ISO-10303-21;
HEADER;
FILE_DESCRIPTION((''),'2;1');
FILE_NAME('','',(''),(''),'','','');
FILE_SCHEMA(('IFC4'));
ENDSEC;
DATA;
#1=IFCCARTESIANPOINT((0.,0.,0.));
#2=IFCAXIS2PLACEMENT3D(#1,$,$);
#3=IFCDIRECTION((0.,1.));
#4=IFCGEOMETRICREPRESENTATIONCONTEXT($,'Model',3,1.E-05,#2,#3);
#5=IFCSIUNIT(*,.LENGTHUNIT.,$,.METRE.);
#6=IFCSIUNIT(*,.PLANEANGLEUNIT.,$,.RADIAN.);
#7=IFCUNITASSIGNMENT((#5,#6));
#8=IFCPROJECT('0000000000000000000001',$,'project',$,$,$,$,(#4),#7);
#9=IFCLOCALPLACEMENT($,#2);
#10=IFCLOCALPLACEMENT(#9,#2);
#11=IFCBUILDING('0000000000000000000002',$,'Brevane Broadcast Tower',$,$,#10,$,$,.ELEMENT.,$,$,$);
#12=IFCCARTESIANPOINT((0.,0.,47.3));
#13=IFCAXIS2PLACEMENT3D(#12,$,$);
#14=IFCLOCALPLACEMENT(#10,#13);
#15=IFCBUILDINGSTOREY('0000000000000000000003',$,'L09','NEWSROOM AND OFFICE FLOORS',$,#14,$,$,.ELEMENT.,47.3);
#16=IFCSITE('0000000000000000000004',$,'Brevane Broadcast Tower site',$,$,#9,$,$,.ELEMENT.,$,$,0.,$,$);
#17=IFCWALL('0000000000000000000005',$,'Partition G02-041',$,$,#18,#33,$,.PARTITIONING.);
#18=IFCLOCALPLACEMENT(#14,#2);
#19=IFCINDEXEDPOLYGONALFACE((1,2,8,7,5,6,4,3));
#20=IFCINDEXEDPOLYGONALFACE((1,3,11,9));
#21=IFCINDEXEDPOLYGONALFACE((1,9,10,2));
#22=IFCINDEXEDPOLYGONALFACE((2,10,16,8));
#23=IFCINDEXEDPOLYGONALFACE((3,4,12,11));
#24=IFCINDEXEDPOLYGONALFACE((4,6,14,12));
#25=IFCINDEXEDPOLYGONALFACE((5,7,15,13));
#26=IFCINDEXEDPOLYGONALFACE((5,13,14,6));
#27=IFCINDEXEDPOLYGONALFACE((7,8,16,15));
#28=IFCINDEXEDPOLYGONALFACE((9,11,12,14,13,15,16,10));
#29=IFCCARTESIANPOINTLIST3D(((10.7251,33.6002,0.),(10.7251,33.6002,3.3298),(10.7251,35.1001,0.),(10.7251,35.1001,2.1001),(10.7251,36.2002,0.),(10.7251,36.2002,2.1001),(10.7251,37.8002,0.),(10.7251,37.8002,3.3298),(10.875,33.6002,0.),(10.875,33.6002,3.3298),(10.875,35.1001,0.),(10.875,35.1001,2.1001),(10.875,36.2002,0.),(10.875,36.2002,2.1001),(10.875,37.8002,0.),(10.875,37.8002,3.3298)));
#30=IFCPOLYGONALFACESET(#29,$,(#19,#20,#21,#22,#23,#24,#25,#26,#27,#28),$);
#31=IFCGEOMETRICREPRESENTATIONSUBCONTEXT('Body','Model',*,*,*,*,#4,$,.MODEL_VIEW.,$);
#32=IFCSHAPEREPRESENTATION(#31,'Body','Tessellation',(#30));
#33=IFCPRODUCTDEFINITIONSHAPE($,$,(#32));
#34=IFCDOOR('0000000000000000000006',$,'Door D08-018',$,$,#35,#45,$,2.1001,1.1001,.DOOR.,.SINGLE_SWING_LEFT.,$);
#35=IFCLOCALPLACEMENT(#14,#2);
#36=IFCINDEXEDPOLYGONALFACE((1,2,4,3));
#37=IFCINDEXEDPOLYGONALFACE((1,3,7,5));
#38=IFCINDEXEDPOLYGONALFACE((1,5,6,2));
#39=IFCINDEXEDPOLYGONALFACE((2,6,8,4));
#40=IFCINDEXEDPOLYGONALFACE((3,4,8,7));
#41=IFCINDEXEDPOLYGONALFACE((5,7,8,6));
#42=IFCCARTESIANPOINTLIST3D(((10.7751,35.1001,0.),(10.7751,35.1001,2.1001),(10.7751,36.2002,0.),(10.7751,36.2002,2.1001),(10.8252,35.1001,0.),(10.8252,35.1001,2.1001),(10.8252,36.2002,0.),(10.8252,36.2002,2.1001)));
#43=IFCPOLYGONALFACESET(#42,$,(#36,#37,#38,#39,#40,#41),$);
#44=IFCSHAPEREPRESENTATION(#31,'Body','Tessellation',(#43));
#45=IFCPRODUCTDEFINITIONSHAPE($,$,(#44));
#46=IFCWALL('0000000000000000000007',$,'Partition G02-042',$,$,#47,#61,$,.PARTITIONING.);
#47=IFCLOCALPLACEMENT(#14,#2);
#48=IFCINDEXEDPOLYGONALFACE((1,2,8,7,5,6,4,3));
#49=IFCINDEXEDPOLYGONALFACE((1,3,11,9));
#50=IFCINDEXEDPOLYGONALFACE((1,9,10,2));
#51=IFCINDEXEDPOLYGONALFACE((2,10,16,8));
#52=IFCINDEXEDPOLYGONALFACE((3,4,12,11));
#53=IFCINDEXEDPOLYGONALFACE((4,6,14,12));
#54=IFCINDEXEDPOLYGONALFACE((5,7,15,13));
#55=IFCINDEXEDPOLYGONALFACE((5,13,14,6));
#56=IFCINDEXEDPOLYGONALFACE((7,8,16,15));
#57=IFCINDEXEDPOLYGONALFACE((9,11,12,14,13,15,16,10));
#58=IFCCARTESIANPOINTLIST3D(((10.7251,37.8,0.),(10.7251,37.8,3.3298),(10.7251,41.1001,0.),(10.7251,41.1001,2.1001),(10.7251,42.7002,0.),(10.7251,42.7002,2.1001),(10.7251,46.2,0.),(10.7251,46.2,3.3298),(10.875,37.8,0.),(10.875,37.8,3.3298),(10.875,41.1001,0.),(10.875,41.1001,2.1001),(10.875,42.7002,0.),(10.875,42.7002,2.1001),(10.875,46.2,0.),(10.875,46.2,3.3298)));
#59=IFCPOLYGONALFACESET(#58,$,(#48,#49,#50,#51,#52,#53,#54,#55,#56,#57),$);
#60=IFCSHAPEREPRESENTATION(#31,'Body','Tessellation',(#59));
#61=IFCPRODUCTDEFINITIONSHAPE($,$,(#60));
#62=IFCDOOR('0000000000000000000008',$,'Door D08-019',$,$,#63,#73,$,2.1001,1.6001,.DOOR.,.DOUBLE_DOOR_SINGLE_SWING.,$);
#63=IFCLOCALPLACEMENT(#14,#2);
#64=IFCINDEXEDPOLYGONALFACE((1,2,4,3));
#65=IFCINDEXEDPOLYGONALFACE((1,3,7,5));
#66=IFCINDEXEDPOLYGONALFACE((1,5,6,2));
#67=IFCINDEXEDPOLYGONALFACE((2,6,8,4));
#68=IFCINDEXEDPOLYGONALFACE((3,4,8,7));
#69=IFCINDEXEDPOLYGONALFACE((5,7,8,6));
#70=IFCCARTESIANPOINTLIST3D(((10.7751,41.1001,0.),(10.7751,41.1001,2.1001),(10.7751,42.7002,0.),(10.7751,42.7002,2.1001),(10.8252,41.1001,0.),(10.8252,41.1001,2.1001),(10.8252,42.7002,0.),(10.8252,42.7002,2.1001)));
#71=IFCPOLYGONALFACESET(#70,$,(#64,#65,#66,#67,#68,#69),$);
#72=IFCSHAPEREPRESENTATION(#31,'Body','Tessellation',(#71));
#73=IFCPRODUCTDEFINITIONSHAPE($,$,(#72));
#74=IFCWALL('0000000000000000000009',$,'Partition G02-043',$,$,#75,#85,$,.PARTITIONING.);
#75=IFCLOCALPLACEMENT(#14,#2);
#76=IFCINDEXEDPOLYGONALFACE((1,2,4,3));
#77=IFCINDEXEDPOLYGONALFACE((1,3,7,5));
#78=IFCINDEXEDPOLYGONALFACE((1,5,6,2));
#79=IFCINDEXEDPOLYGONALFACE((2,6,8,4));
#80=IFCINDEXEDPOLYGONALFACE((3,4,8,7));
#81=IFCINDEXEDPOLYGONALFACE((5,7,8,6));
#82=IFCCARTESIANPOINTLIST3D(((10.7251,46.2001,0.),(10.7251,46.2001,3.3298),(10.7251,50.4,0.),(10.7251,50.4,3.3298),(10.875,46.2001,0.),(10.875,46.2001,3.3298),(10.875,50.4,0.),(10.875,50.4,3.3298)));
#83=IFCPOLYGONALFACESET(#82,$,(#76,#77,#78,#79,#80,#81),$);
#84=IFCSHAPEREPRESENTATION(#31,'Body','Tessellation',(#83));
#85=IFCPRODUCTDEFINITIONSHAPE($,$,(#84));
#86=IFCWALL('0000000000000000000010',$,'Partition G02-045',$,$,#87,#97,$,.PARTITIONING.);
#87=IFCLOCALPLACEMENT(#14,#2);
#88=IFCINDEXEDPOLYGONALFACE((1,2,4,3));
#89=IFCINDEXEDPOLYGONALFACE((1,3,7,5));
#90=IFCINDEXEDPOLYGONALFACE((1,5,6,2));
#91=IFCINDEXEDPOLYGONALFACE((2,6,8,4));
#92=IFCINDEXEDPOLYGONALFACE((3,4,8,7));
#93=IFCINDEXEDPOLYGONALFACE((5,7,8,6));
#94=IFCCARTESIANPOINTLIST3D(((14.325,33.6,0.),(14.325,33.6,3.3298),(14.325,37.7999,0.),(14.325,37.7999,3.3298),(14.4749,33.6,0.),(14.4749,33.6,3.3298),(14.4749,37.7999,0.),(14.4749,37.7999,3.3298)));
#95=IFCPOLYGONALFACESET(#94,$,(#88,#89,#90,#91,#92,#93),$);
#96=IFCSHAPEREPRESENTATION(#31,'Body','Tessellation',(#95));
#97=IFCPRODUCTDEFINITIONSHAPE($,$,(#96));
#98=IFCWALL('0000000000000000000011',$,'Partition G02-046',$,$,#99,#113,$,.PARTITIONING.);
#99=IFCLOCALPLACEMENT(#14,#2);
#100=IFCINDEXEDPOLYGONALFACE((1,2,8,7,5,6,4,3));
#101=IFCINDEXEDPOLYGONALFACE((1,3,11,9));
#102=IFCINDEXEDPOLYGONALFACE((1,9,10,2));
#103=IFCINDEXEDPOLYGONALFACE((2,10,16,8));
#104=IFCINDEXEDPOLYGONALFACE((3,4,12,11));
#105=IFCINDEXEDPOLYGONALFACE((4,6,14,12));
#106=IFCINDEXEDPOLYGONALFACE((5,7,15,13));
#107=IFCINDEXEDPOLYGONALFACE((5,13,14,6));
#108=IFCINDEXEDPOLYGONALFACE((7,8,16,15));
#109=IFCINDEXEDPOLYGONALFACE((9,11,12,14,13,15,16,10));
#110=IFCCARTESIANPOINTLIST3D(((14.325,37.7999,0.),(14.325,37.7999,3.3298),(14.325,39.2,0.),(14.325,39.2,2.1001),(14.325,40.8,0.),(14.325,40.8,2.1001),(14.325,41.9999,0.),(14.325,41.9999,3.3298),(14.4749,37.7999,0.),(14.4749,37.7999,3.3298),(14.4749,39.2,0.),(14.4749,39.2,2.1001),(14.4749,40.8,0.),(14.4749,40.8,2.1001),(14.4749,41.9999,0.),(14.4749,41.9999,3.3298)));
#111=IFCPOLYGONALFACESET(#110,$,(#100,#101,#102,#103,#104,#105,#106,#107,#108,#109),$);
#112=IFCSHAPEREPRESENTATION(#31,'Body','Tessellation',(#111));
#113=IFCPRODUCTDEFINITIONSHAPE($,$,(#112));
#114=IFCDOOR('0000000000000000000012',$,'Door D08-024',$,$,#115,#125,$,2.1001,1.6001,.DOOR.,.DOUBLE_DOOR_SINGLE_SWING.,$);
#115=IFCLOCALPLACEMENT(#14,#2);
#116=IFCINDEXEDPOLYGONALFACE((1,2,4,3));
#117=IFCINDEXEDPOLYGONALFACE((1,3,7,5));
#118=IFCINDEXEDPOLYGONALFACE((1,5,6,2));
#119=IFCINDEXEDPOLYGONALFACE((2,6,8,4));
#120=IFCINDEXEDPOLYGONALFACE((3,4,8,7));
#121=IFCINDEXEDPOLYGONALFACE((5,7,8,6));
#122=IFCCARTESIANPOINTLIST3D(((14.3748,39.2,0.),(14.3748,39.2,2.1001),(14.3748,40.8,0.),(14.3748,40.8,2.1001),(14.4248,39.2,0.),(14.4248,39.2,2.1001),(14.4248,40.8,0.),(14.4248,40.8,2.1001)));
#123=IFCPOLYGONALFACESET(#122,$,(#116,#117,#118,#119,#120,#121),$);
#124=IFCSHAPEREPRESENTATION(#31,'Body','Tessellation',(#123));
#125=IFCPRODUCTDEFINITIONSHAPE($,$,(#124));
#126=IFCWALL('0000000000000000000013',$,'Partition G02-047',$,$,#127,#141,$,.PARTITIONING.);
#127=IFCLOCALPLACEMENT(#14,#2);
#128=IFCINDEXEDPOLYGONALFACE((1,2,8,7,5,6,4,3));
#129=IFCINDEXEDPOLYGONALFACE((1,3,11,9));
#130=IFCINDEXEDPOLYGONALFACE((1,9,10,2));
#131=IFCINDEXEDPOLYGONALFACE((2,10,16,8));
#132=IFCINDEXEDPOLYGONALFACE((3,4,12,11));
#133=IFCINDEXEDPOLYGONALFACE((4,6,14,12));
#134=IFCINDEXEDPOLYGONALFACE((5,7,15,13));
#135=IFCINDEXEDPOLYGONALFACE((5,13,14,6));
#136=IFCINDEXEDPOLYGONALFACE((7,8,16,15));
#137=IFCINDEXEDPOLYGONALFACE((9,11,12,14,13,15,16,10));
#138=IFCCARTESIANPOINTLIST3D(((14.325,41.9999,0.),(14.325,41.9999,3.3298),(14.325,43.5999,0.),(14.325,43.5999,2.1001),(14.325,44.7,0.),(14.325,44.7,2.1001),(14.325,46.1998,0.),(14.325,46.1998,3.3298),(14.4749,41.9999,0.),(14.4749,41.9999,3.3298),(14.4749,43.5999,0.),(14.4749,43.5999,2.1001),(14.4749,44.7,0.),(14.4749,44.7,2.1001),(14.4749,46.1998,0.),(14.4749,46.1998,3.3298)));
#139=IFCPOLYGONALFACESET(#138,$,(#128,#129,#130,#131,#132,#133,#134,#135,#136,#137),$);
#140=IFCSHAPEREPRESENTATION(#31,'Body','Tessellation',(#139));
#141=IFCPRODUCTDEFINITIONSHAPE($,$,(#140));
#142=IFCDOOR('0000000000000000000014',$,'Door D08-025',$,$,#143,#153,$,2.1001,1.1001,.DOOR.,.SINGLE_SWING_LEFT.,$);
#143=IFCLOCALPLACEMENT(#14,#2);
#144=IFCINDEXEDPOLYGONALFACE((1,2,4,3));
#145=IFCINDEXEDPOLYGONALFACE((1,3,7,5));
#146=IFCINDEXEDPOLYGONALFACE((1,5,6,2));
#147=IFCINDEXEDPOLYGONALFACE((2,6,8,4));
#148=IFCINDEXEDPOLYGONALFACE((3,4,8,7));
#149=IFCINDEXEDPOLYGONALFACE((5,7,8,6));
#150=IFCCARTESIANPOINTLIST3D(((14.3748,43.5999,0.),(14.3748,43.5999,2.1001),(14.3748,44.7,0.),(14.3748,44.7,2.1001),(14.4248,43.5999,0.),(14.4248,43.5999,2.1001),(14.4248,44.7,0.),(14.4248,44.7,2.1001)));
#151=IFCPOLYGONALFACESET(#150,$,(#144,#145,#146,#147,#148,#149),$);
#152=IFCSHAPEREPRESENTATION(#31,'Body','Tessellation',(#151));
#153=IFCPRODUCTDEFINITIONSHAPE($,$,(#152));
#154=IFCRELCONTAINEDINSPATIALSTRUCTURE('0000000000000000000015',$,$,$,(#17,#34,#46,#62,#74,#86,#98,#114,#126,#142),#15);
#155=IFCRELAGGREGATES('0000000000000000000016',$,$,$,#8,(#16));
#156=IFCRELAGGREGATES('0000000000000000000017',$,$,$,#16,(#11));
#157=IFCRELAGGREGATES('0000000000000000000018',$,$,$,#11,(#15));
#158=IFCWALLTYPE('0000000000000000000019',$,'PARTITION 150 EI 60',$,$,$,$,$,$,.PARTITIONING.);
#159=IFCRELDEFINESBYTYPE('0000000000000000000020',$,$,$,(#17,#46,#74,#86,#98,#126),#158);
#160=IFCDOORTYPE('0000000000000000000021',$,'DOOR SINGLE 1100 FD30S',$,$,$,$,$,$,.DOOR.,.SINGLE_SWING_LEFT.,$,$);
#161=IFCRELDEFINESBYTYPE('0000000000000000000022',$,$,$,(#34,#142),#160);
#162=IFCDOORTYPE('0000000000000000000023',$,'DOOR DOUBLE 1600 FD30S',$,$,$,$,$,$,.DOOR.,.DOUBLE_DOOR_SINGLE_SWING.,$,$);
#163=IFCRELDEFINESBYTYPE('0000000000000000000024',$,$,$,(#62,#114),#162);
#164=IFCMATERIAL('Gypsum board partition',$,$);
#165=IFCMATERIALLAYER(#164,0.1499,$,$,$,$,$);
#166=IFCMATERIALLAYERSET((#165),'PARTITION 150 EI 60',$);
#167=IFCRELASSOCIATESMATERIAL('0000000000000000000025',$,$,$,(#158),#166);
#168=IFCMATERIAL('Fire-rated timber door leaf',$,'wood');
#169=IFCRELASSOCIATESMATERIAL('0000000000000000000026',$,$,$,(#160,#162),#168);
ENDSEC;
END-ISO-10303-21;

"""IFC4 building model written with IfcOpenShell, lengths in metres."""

from ifc_helpers import new_model, si_unit, direction, frame, frame_2d, origin, place, context, subcontext, project, spatial, rectangle, extrude, material, layer, layer_set, type_object, element, fill, save


model = new_model("IFC4")

# Units and contexts
model_context = context("Model", 3, precision=1e-05, world=origin(), true_north=direction((0.0, 1.0)))
body_context = subcontext(model_context, "Body", "Model", "MODEL_VIEW")
ifc_project = project(units=[si_unit("LENGTHUNIT", "METRE"), si_unit("PLANEANGLEUNIT", "RADIAN")], contexts=[model_context])

# Site, building, storey
site_placement = place(None, origin())
site = spatial("IfcSite", under=ifc_project, at=site_placement, Name="Brevane Broadcast Tower site", CompositionType="ELEMENT", RefElevation=0.0)
building_placement = place(site_placement, origin())
building = spatial("IfcBuilding", under=site, at=building_placement, Name="Brevane Broadcast Tower", CompositionType="ELEMENT")
storey_placement = place(building_placement, frame((0.0, 0.0, 47.3)))
storey = spatial("IfcBuildingStorey", under=building, at=storey_placement, Name="L09", Description="NEWSROOM AND OFFICE FLOORS", CompositionType="ELEMENT", Elevation=47.3)

# Shared definitions
ifc_material_1 = material(Name="Gypsum board partition")

# Shared definitions
ifc_layer_1 = layer(ifc_material_1, 0.1499)
ifc_layer_set_1 = layer_set([ifc_layer_1], Name="PARTITION 150 EI 60")
wall_type_1 = type_object("IfcWallType", Name="PARTITION 150 EI 60", PredefinedType="PARTITIONING", material=ifc_layer_set_1)

# Walls, openings, doors
wall_1_placement = place(storey_placement, frame((10.8, 33.6001, 0.0), z_axis=(0.0, 0.0, 1.0), x_axis=(0.0, 1.0, 0.0)))
wall_1 = element("IfcWall", 1, at=wall_1_placement, inside=storey, type_object=wall_type_1, Name="Partition G02-041", PredefinedType="PARTITIONING", context=body_context, shape_type="SweptSolid", body=[
    extrude(rectangle(XDim=4.2, YDim=0.1499, at=frame_2d((2.1001, 0.0))), origin(), (0.0, 0.0, 1.0), 3.3298),
])
opening_1_placement = place(wall_1_placement, frame((1.5, 0.0, 0.0)))
opening_1 = element("IfcOpeningElement", 2, at=opening_1_placement, cuts=wall_1, PredefinedType="OPENING", context=body_context, shape_type="SweptSolid", body=[
    extrude(rectangle(XDim=1.1001, YDim=2.1001, at=frame_2d((0.55, 1.05))), frame((0.0, 0.085, 0.0), z_axis=(0.0, -1.0, 0.0), x_axis=(1.0, 0.0, 0.0)), (0.0, 0.0, 1.0), 0.1699),
])
ifc_material_2 = material(Name="Fire-rated timber door leaf", Category="wood")
door_type_1 = type_object("IfcDoorType", Name="DOOR SINGLE 1100 FD30S", OperationType="SINGLE_SWING_LEFT", PredefinedType="DOOR", material=ifc_material_2)
door_1_placement = place(opening_1_placement, origin())
door_1 = element("IfcDoor", 3, at=door_1_placement, inside=storey, type_object=door_type_1, Name="Door D08-018", OperationType="SINGLE_SWING_LEFT", OverallHeight=2.1001, OverallWidth=1.1001, PredefinedType="DOOR", context=body_context, shape_type="SweptSolid", body=[
    extrude(rectangle(XDim=1.1001, YDim=2.1001, at=frame_2d((0.55, 1.05))), frame((0.0, 0.0249, 0.0), z_axis=(0.0, -1.0, 0.0), x_axis=(1.0, 0.0, 0.0)), (0.0, 0.0, 1.0), 0.05),
])
fill(opening_1, door_1)
wall_2_placement = place(storey_placement, frame((10.8, 37.8, 0.0), z_axis=(0.0, 0.0, 1.0), x_axis=(0.0, 1.0, 0.0)))
wall_2 = element("IfcWall", 4, at=wall_2_placement, inside=storey, type_object=wall_type_1, Name="Partition G02-042", PredefinedType="PARTITIONING", context=body_context, shape_type="SweptSolid", body=[
    extrude(rectangle(XDim=8.3999, YDim=0.1499, at=frame_2d((4.2, 0.0))), origin(), (0.0, 0.0, 1.0), 3.3298),
])
opening_2_placement = place(wall_2_placement, frame((3.3, 0.0, 0.0)))
opening_2 = element("IfcOpeningElement", 5, at=opening_2_placement, cuts=wall_2, PredefinedType="OPENING", context=body_context, shape_type="SweptSolid", body=[
    extrude(rectangle(XDim=1.6001, YDim=2.1001, at=frame_2d((0.8, 1.05))), frame((0.0, 0.085, 0.0), z_axis=(0.0, -1.0, 0.0), x_axis=(1.0, 0.0, 0.0)), (0.0, 0.0, 1.0), 0.1699),
])
door_type_2 = type_object("IfcDoorType", Name="DOOR DOUBLE 1600 FD30S", OperationType="DOUBLE_DOOR_SINGLE_SWING", PredefinedType="DOOR", material=ifc_material_2)
door_2_placement = place(opening_2_placement, origin())
door_2 = element("IfcDoor", 6, at=door_2_placement, inside=storey, type_object=door_type_2, Name="Door D08-019", OperationType="DOUBLE_DOOR_SINGLE_SWING", OverallHeight=2.1001, OverallWidth=1.6001, PredefinedType="DOOR", context=body_context, shape_type="SweptSolid", body=[
    extrude(rectangle(XDim=1.6001, YDim=2.1001, at=frame_2d((0.8, 1.05))), frame((0.0, 0.0249, 0.0), z_axis=(0.0, -1.0, 0.0), x_axis=(1.0, 0.0, 0.0)), (0.0, 0.0, 1.0), 0.05),
])
fill(opening_2, door_2)

# Walls
for number, where, z_axis, x_axis, name in (
    (7, (10.8, 46.2, 0.0), (0.0, 0.0, 1.0), (0.0, 1.0, 0.0), "Partition G02-043"),
    (8, (14.3999, 37.8, 0.0), (0.0, 0.0, 1.0), (0.0, -1.0, 0.0), "Partition G02-045"),
):
    element("IfcWall", number, at=place(storey_placement, frame(where, z_axis=z_axis, x_axis=x_axis)), inside=storey, type_object=wall_type_1, Name=name, PredefinedType="PARTITIONING", context=body_context, shape_type="SweptSolid", body=[
        extrude(rectangle(XDim=4.2, YDim=0.1499, at=frame_2d((2.1001, 0.0))), origin(), (0.0, 0.0, 1.0), 3.3298),
    ])

# Walls, openings, doors
wall_3_placement = place(storey_placement, frame((14.3999, 42.0, 0.0), z_axis=(0.0, 0.0, 1.0), x_axis=(0.0, -1.0, 0.0)))
wall_3 = element("IfcWall", 9, at=wall_3_placement, inside=storey, type_object=wall_type_1, Name="Partition G02-046", PredefinedType="PARTITIONING", context=body_context, shape_type="SweptSolid", body=[
    extrude(rectangle(XDim=4.2, YDim=0.1499, at=frame_2d((2.1001, 0.0))), origin(), (0.0, 0.0, 1.0), 3.3298),
])
opening_3_placement = place(wall_3_placement, frame((1.2, 0.0, 0.0)))
opening_3 = element("IfcOpeningElement", 10, at=opening_3_placement, cuts=wall_3, PredefinedType="OPENING", context=body_context, shape_type="SweptSolid", body=[
    extrude(rectangle(XDim=1.6001, YDim=2.1001, at=frame_2d((0.8, 1.05))), frame((0.0, 0.085, 0.0), z_axis=(0.0, -1.0, 0.0), x_axis=(1.0, 0.0, 0.0)), (0.0, 0.0, 1.0), 0.1699),
])
door_3_placement = place(opening_3_placement, origin())
door_3 = element("IfcDoor", 11, at=door_3_placement, inside=storey, type_object=door_type_2, Name="Door D08-024", OperationType="DOUBLE_DOOR_SINGLE_SWING", OverallHeight=2.1001, OverallWidth=1.6001, PredefinedType="DOOR", context=body_context, shape_type="SweptSolid", body=[
    extrude(rectangle(XDim=1.6001, YDim=2.1001, at=frame_2d((0.8, 1.05))), frame((0.0, 0.0249, 0.0), z_axis=(0.0, -1.0, 0.0), x_axis=(1.0, 0.0, 0.0)), (0.0, 0.0, 1.0), 0.05),
])
fill(opening_3, door_3)
wall_4_placement = place(storey_placement, frame((14.3999, 46.2, 0.0), z_axis=(0.0, 0.0, 1.0), x_axis=(0.0, -1.0, 0.0)))
wall_4 = element("IfcWall", 12, at=wall_4_placement, inside=storey, type_object=wall_type_1, Name="Partition G02-047", PredefinedType="PARTITIONING", context=body_context, shape_type="SweptSolid", body=[
    extrude(rectangle(XDim=4.2, YDim=0.1499, at=frame_2d((2.1001, 0.0))), origin(), (0.0, 0.0, 1.0), 3.3298),
])
opening_4_placement = place(wall_4_placement, frame((1.5, 0.0, 0.0)))
opening_4 = element("IfcOpeningElement", 13, at=opening_4_placement, cuts=wall_4, PredefinedType="OPENING", context=body_context, shape_type="SweptSolid", body=[
    extrude(rectangle(XDim=1.1001, YDim=2.1001, at=frame_2d((0.55, 1.05))), frame((0.0, 0.085, 0.0), z_axis=(0.0, -1.0, 0.0), x_axis=(1.0, 0.0, 0.0)), (0.0, 0.0, 1.0), 0.1699),
])
door_4_placement = place(opening_4_placement, origin())
door_4 = element("IfcDoor", 14, at=door_4_placement, inside=storey, type_object=door_type_1, Name="Door D08-025", OperationType="SINGLE_SWING_LEFT", OverallHeight=2.1001, OverallWidth=1.1001, PredefinedType="DOOR", context=body_context, shape_type="SweptSolid", body=[
    extrude(rectangle(XDim=1.1001, YDim=2.1001, at=frame_2d((0.55, 1.05))), frame((0.0, 0.0249, 0.0), z_axis=(0.0, -1.0, 0.0), x_axis=(1.0, 0.0, 0.0)), (0.0, 0.0, 1.0), 0.05),
])
fill(opening_4, door_4)

save(model, "model.ifc")
